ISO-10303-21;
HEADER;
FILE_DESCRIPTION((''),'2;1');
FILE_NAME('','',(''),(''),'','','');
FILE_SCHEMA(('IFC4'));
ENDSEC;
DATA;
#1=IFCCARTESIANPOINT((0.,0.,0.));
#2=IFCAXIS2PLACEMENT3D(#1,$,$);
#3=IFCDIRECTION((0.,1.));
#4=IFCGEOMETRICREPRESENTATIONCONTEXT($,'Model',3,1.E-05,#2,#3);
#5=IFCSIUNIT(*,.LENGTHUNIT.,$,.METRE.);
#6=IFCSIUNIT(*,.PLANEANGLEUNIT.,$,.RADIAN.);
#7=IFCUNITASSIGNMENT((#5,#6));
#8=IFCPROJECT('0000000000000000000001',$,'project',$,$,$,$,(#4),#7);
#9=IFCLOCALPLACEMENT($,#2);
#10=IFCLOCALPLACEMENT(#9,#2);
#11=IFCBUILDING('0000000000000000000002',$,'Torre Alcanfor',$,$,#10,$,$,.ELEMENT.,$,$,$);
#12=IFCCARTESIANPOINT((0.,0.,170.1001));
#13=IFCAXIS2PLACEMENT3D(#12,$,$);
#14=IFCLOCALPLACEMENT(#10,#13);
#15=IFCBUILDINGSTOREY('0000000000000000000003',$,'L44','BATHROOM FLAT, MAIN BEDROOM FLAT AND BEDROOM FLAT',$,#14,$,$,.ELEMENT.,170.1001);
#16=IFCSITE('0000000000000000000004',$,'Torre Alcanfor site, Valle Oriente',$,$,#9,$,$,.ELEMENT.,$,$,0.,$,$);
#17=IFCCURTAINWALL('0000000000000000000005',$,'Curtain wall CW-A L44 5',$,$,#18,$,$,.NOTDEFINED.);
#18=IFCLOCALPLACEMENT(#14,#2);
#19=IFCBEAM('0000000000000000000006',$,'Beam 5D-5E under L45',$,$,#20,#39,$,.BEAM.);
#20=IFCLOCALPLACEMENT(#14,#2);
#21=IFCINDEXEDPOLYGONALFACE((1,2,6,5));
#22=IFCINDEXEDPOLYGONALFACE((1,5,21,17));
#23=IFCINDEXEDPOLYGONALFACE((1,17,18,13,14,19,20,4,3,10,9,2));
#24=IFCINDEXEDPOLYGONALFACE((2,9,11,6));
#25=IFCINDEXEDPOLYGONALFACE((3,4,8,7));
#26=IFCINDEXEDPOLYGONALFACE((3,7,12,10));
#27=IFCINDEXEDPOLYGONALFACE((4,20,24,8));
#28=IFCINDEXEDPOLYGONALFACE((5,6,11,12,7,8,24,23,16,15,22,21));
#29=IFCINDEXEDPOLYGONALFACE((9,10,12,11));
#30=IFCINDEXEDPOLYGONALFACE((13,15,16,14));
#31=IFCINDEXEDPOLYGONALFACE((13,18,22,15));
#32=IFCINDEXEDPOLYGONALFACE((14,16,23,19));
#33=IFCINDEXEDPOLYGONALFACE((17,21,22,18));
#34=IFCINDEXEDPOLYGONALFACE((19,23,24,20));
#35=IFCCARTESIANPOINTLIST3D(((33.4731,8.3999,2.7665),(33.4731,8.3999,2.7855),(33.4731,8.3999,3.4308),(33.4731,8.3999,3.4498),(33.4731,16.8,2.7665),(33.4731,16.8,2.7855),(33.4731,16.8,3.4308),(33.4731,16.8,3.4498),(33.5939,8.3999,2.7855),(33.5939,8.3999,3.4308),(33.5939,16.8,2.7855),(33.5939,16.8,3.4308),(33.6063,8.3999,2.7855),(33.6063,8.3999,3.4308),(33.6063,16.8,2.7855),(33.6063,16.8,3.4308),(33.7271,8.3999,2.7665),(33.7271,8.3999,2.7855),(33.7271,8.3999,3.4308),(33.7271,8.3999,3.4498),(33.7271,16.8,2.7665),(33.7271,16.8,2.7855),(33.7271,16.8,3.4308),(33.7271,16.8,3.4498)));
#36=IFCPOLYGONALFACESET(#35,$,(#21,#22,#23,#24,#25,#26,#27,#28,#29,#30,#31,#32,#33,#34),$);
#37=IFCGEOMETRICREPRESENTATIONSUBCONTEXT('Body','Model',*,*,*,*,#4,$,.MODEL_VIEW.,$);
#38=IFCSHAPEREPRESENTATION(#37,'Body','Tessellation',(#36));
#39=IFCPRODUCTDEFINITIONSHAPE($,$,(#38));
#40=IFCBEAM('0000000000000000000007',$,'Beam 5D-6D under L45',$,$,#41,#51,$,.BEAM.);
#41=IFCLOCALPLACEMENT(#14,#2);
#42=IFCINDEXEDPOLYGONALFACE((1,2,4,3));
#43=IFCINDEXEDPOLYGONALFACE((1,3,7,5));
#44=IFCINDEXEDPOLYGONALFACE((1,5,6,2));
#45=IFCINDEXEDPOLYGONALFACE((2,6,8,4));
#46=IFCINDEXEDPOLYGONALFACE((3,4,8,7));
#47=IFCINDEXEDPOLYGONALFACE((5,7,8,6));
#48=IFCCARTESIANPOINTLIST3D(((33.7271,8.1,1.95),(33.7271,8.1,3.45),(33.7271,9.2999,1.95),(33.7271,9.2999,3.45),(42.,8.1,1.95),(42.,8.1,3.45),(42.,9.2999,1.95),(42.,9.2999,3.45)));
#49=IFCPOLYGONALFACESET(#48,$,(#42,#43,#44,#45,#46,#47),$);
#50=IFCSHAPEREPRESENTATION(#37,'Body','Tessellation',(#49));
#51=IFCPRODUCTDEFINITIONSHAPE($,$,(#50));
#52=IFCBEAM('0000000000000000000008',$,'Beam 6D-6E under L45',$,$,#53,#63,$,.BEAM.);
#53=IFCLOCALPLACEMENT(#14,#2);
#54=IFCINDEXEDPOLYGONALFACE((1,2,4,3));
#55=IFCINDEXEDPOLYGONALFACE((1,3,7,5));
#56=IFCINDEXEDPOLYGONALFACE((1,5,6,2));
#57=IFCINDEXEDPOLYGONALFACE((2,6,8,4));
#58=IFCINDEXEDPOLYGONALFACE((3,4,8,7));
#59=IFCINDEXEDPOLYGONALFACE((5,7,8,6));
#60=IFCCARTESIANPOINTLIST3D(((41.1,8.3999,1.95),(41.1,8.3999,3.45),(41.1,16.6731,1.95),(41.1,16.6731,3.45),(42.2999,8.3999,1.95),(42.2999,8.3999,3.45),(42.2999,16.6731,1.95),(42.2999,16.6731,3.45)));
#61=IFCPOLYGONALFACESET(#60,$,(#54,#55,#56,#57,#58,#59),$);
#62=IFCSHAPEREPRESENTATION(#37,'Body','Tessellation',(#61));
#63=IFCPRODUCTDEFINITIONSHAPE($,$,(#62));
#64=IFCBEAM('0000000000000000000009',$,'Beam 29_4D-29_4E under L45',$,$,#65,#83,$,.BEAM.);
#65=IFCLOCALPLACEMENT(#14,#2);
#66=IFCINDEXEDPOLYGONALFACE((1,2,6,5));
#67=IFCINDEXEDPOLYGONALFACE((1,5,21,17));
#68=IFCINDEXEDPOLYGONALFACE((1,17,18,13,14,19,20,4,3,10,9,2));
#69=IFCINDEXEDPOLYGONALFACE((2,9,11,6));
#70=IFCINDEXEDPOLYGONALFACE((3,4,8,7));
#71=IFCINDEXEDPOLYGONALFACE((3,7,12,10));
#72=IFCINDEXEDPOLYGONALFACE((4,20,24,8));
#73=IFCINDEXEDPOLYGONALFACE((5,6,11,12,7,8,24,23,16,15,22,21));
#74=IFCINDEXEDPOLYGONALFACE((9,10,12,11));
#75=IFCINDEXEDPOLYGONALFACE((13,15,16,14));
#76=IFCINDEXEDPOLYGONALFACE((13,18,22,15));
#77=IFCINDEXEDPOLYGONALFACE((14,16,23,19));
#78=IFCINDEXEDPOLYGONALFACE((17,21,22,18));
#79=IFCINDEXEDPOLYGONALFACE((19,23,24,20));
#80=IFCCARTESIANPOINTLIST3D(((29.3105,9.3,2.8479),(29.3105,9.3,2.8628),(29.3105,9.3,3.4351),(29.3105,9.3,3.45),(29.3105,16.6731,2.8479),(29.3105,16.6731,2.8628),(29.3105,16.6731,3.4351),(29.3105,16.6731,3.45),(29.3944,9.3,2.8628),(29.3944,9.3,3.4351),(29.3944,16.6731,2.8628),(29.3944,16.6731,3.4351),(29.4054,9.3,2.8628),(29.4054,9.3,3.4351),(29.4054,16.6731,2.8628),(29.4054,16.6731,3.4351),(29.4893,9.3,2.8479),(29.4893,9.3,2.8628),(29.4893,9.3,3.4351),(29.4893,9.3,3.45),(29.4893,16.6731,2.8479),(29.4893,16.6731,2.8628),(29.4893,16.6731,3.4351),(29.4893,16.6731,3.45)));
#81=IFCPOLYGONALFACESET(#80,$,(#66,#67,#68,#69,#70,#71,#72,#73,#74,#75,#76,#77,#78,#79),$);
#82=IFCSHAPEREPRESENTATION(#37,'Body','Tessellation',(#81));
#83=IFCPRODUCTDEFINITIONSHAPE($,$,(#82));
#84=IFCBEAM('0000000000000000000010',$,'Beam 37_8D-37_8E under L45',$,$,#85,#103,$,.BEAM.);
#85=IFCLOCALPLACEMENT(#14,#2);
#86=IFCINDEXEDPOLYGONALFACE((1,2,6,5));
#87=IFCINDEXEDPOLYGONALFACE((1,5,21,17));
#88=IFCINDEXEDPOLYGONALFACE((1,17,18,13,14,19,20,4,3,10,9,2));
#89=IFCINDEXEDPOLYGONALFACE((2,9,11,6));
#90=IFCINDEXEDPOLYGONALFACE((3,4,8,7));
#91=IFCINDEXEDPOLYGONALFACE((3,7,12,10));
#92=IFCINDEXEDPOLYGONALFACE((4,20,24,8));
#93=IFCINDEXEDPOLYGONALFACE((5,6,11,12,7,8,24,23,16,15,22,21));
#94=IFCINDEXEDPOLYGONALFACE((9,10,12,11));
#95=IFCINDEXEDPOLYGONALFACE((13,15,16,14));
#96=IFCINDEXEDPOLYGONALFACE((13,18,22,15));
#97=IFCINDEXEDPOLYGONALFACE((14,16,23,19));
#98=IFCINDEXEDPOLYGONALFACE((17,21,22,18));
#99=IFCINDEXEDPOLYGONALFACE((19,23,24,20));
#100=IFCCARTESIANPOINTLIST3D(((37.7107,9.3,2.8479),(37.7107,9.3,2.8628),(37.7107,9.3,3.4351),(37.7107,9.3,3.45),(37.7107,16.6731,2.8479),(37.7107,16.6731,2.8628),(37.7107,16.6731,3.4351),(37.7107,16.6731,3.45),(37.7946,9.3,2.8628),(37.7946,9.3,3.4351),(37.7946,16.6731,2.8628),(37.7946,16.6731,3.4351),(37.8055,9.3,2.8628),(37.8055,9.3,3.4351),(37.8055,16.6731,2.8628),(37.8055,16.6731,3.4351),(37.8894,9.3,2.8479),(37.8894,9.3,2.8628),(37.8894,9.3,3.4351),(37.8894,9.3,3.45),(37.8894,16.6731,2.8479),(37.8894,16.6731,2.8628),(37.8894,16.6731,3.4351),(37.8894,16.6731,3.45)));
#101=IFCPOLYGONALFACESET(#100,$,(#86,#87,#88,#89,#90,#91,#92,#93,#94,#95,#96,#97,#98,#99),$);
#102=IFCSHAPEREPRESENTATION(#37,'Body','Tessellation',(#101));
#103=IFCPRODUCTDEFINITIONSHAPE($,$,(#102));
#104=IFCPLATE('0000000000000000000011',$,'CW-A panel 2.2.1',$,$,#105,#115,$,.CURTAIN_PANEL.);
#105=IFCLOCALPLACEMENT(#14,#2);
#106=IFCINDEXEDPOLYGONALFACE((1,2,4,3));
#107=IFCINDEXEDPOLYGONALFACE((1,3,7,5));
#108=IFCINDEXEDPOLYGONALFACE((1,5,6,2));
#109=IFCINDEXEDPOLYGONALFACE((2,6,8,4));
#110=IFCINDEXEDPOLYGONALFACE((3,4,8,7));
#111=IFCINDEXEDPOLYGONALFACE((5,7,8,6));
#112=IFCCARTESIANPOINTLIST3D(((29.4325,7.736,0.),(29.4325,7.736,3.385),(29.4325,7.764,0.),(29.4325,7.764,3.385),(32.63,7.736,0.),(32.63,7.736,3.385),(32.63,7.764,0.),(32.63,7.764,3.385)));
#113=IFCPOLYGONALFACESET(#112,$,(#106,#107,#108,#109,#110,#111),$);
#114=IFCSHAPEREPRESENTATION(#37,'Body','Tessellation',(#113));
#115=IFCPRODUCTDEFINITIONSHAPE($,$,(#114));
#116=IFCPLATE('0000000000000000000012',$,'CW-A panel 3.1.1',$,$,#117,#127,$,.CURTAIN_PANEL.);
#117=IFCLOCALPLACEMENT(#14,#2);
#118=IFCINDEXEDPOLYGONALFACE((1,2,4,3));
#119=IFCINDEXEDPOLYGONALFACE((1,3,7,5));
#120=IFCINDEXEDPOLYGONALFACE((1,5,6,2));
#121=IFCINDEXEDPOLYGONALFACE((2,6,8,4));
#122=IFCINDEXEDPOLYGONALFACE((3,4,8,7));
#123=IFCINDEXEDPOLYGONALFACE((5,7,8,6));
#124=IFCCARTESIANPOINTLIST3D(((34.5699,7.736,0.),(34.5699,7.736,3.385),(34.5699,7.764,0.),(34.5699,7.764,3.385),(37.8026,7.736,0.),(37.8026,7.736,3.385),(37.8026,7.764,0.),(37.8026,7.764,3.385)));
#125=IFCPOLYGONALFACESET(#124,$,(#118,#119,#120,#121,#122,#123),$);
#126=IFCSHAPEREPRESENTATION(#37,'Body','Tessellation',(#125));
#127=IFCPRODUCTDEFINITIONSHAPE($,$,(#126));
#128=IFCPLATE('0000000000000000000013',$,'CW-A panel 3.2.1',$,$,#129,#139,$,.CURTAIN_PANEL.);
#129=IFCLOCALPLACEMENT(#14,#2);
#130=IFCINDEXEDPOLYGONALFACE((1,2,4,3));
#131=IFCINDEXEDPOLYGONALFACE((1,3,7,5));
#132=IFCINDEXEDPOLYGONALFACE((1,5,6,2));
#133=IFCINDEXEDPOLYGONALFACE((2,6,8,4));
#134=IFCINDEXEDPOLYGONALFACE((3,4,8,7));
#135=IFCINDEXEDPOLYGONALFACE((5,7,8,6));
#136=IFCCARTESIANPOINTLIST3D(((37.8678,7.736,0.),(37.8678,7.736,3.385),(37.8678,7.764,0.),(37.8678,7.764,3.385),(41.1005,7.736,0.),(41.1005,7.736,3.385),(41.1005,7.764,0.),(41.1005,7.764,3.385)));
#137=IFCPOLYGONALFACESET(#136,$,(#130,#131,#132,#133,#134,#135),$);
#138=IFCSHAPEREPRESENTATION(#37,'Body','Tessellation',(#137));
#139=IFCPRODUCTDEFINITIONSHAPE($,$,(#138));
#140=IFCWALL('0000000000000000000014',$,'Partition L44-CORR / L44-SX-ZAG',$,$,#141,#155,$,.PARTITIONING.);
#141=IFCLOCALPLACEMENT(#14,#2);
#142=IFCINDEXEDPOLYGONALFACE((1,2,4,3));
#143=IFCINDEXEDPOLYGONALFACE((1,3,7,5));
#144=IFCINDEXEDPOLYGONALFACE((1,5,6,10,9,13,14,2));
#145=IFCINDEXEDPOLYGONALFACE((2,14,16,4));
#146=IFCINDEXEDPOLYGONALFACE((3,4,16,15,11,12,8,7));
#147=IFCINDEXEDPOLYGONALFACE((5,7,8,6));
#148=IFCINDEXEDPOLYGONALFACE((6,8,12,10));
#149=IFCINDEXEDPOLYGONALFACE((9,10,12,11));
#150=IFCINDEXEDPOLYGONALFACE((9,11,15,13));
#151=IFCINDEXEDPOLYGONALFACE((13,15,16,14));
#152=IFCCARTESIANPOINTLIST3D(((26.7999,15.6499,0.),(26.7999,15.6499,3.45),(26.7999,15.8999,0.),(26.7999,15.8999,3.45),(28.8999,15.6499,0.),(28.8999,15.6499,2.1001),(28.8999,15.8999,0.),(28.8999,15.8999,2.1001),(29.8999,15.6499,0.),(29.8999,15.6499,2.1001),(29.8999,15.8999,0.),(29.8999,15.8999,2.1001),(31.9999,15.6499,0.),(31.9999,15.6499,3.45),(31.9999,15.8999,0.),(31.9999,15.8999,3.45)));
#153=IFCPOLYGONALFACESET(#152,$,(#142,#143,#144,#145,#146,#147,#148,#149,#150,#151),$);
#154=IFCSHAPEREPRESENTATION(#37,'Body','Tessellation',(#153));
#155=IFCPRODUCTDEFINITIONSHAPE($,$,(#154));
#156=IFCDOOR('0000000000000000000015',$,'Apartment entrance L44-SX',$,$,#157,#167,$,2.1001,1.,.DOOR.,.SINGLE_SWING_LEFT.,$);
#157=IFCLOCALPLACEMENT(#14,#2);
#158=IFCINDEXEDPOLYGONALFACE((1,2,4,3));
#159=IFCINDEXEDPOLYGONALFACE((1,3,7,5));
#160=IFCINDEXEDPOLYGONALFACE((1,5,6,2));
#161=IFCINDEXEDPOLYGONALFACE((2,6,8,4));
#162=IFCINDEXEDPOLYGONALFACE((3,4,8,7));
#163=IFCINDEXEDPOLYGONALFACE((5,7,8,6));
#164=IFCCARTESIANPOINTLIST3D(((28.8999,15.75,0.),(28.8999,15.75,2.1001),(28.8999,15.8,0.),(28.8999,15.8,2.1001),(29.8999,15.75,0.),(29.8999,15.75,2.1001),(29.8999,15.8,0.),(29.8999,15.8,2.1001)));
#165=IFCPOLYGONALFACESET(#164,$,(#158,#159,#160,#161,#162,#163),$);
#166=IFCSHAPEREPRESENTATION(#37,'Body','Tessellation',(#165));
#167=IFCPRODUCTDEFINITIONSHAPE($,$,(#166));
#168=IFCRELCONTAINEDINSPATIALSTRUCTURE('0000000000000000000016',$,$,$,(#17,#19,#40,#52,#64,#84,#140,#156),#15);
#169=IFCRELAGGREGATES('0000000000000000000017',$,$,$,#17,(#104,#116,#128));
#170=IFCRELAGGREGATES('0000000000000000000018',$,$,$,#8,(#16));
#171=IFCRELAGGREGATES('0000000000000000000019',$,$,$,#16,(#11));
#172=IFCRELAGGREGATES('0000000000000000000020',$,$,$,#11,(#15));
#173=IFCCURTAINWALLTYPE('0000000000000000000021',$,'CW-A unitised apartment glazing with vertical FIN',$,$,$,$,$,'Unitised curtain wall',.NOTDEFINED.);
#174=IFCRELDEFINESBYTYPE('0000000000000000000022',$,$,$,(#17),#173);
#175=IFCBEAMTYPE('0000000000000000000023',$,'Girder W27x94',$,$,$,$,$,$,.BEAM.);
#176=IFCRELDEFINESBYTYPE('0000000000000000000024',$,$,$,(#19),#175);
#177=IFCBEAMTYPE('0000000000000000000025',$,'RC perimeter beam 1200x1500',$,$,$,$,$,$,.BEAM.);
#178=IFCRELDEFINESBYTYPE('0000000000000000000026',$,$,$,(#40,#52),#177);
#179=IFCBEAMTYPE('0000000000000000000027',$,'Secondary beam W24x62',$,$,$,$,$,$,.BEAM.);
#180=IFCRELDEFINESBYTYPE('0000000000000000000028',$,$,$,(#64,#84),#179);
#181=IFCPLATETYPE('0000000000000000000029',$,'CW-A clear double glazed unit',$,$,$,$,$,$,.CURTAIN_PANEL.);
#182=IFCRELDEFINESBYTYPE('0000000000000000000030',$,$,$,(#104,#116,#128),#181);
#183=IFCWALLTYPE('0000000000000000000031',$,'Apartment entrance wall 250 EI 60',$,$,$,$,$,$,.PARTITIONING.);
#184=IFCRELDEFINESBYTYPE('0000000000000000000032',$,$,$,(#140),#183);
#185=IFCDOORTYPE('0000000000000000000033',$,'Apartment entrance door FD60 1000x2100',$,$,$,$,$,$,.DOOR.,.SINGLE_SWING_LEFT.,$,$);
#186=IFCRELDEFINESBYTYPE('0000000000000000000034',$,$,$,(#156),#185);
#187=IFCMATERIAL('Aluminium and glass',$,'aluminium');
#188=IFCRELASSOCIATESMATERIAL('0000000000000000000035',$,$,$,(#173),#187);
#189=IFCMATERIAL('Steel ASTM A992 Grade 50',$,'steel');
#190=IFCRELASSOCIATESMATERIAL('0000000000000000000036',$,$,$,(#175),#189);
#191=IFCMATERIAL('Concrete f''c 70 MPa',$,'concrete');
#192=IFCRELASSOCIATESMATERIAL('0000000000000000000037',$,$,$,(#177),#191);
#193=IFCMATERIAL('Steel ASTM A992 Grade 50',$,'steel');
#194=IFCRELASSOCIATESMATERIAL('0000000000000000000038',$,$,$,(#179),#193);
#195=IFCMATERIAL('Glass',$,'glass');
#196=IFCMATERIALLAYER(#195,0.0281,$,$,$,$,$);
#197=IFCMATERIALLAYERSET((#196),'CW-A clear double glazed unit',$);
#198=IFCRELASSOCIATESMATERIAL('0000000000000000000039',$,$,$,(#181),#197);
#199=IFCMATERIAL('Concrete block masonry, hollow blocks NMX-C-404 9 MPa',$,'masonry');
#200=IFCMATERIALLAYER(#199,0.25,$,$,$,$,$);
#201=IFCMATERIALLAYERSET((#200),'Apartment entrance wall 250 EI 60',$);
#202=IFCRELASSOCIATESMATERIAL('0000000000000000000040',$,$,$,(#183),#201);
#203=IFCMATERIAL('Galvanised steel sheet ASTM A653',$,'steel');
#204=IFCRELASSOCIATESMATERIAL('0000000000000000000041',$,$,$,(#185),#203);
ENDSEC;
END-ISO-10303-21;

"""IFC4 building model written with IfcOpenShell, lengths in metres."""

from ifc_helpers import new_model, si_unit, direction, frame, frame_2d, origin, origin_2d, place, context, subcontext, project, spatial, rectangle, i_section, extrude, material, layer, layer_set, material_profile, profile_set, type_object, element, fill, aggregate, save


model = new_model("IFC4")

# Units and contexts
model_context = context("Model", 3, precision=1e-05, world=origin(), true_north=direction((0.0, 1.0)))
body_context = subcontext(model_context, "Body", "Model", "MODEL_VIEW")
ifc_project = project(units=[si_unit("LENGTHUNIT", "METRE"), si_unit("PLANEANGLEUNIT", "RADIAN")], contexts=[model_context])

# Site, building, storey
site_placement = place(None, origin())
site = spatial("IfcSite", under=ifc_project, at=site_placement, Name="Torre Alcanfor site, Valle Oriente", CompositionType="ELEMENT", RefElevation=0.0)
building_placement = place(site_placement, origin())
building = spatial("IfcBuilding", under=site, at=building_placement, Name="Torre Alcanfor", CompositionType="ELEMENT")
storey_placement = place(building_placement, frame((0.0, 0.0, 170.1001)))
storey = spatial("IfcBuildingStorey", under=building, at=storey_placement, Name="L44", Description="BATHROOM FLAT, MAIN BEDROOM FLAT AND BEDROOM FLAT", CompositionType="ELEMENT", Elevation=170.1001)

# Curtain wall
ifc_material_1 = material(Name="Aluminium and glass", Category="aluminium")
curtain_wall_type = type_object("IfcCurtainWallType", Name="CW-A unitised apartment glazing with vertical FIN", ElementType="Unitised curtain wall", PredefinedType="NOTDEFINED", material=ifc_material_1)
curtain_wall_placement = place(storey_placement, origin())
curtain_wall = element("IfcCurtainWall", 1, at=curtain_wall_placement, inside=storey, type_object=curtain_wall_type, Name="Curtain wall CW-A L44 5", PredefinedType="NOTDEFINED")

# Beams
ifc_material_2 = material(Name="Steel ASTM A992 Grade 50", Category="steel")
ifc_material_profile_1 = material_profile(ifc_material_2, i_section(OverallWidth=0.2539, OverallDepth=0.6833, WebThickness=0.0125, FlangeThickness=0.019, at=origin_2d()), Name="W27x94")
ifc_profile_set_1 = profile_set([ifc_material_profile_1], Name="Steel ASTM A992 Grade 50")
beam_type_1 = type_object("IfcBeamType", Name="Girder W27x94", PredefinedType="BEAM", material=ifc_profile_set_1)
beam_1_placement = place(storey_placement, frame((33.6001, 8.3999, 3.1082), z_axis=(0.0, 1.0, 0.0), x_axis=(-1.0, 0.0, 0.0)))
element("IfcBeam", 2, at=beam_1_placement, inside=storey, type_object=beam_type_1, Name="Beam 5D-5E under L45", PredefinedType="BEAM", context=body_context, shape_type="SweptSolid", body=[
    extrude(i_section(OverallWidth=0.2539, OverallDepth=0.6833, WebThickness=0.0125, FlangeThickness=0.019, at=origin_2d()), origin(), (0.0, 0.0, 1.0), 8.4001),
])
ifc_material_3 = material(Name="Concrete f'c 70 MPa", Category="concrete")
ifc_material_profile_2 = material_profile(ifc_material_3, rectangle(XDim=1.2, YDim=1.5, at=origin_2d()), Name="1200x1500")
ifc_profile_set_2 = profile_set([ifc_material_profile_2], Name="Concrete f'c 70 MPa")
beam_type_2 = type_object("IfcBeamType", Name="RC perimeter beam 1200x1500", PredefinedType="BEAM", material=ifc_profile_set_2)
beam_2_placement = place(storey_placement, frame((33.7271, 8.7, 2.7), z_axis=(1.0, 0.0, 0.0), x_axis=(0.0, 1.0, 0.0)))
element("IfcBeam", 3, at=beam_2_placement, inside=storey, type_object=beam_type_2, Name="Beam 5D-6D under L45", PredefinedType="BEAM", context=body_context, shape_type="SweptSolid", body=[
    extrude(rectangle(XDim=1.2, YDim=1.5, at=origin_2d()), origin(), (0.0, 0.0, 1.0), 8.2729),
])
beam_3_placement = place(storey_placement, frame((41.7, 8.3999, 2.7), z_axis=(0.0, 1.0, 0.0), x_axis=(-1.0, 0.0, 0.0)))
element("IfcBeam", 4, at=beam_3_placement, inside=storey, type_object=beam_type_2, Name="Beam 6D-6E under L45", PredefinedType="BEAM", context=body_context, shape_type="SweptSolid", body=[
    extrude(rectangle(XDim=1.2, YDim=1.5, at=origin_2d()), origin(), (0.0, 0.0, 1.0), 8.2732),
])
ifc_material_4 = material(Name="Steel ASTM A992 Grade 50", Category="steel")
ifc_material_profile_3 = material_profile(ifc_material_4, i_section(OverallWidth=0.1787, OverallDepth=0.6021, WebThickness=0.011, FlangeThickness=0.0149, at=origin_2d()), Name="W24x62")
ifc_profile_set_3 = profile_set([ifc_material_profile_3], Name="Steel ASTM A992 Grade 50")
beam_type_3 = type_object("IfcBeamType", Name="Secondary beam W24x62", PredefinedType="BEAM", material=ifc_profile_set_3)
for number, where, z_axis, x_axis, name in (
    (5, (29.3999, 9.3, 3.1489), (0.0, 1.0, 0.0), (-1.0, 0.0, 0.0), "Beam 29_4D-29_4E under L45"),
    (6, (37.8, 9.3, 3.1489), (0.0, 1.0, 0.0), (-1.0, 0.0, 0.0), "Beam 37_8D-37_8E under L45"),
):
    element("IfcBeam", number, at=place(storey_placement, frame(where, z_axis=z_axis, x_axis=x_axis)), inside=storey, type_object=beam_type_3, Name=name, PredefinedType="BEAM", context=body_context, shape_type="SweptSolid", body=[
        extrude(i_section(OverallWidth=0.1787, OverallDepth=0.6021, WebThickness=0.011, FlangeThickness=0.0149, at=origin_2d()), origin(), (0.0, 0.0, 1.0), 7.373),
    ])

# Plates
ifc_material_5 = material(Name="Glass", Category="glass")
ifc_layer_1 = layer(ifc_material_5, 0.0281)
ifc_layer_set_1 = layer_set([ifc_layer_1], Name="CW-A clear double glazed unit")
plate_type = type_object("IfcPlateType", Name="CW-A clear double glazed unit", PredefinedType="CURTAIN_PANEL", material=ifc_layer_set_1)
plate_1_placement = place(storey_placement, frame((31.0312, 7.75, 0.0), z_axis=(0.0, 0.0, 1.0), x_axis=(1.0, 0.0, 0.0)))
plate_1 = element("IfcPlate", 7, at=plate_1_placement, type_object=plate_type, Name="CW-A panel 2.2.1", PredefinedType="CURTAIN_PANEL", context=body_context, shape_type="SweptSolid", body=[
    extrude(rectangle(XDim=3.1975, YDim=0.0281, at=origin_2d()), origin(), (0.0, 0.0, 1.0), 3.385),
])
plate_2_placement = place(storey_placement, frame((36.1863, 7.75, 0.0), z_axis=(0.0, 0.0, 1.0), x_axis=(1.0, 0.0, 0.0)))
plate_2 = element("IfcPlate", 8, at=plate_2_placement, type_object=plate_type, Name="CW-A panel 3.1.1", PredefinedType="CURTAIN_PANEL", context=body_context, shape_type="SweptSolid", body=[
    extrude(rectangle(XDim=3.2327, YDim=0.0281, at=origin_2d()), origin(), (0.0, 0.0, 1.0), 3.385),
])
plate_3_placement = place(storey_placement, frame((39.4841, 7.75, 0.0), z_axis=(0.0, 0.0, 1.0), x_axis=(1.0, 0.0, 0.0)))
plate_3 = element("IfcPlate", 9, at=plate_3_placement, type_object=plate_type, Name="CW-A panel 3.2.1", PredefinedType="CURTAIN_PANEL", context=body_context, shape_type="SweptSolid", body=[
    extrude(rectangle(XDim=3.2327, YDim=0.0281, at=origin_2d()), origin(), (0.0, 0.0, 1.0), 3.385),
])
aggregate(curtain_wall, [plate_1, plate_2, plate_3])

# Wall, opening, door
ifc_material_6 = material(Name="Concrete block masonry, hollow blocks NMX-C-404 9 MPa", Category="masonry")
ifc_layer_2 = layer(ifc_material_6, 0.25)
ifc_layer_set_2 = layer_set([ifc_layer_2], Name="Apartment entrance wall 250 EI 60")
wall_type_1 = type_object("IfcWallType", Name="Apartment entrance wall 250 EI 60", PredefinedType="PARTITIONING", material=ifc_layer_set_2)
wall_1_placement = place(storey_placement, frame((32.0, 15.7749, 0.0), z_axis=(0.0, 0.0, 1.0), x_axis=(-1.0, 0.0, 0.0)))
wall_1 = element("IfcWall", 10, at=wall_1_placement, inside=storey, type_object=wall_type_1, Name="Partition L44-CORR / L44-SX-ZAG", PredefinedType="PARTITIONING", context=body_context, shape_type="SweptSolid", body=[
    extrude(rectangle(XDim=5.2, YDim=0.25, at=frame_2d((2.6001, 0.0))), origin(), (0.0, 0.0, 1.0), 3.45),
])
opening_1_placement = place(wall_1_placement, frame((2.1001, 0.0, 0.0)))
opening_1 = element("IfcOpeningElement", 11, at=opening_1_placement, cuts=wall_1, PredefinedType="OPENING", context=body_context, shape_type="SweptSolid", body=[
    extrude(rectangle(XDim=1.0, YDim=2.1001, at=frame_2d((0.5, 1.05))), frame((0.0, 0.135, 0.0), z_axis=(0.0, -1.0, 0.0), x_axis=(1.0, 0.0, 0.0)), (0.0, 0.0, 1.0), 0.27),
])
ifc_material_7 = material(Name="Galvanised steel sheet ASTM A653", Category="steel")
door_type_1 = type_object("IfcDoorType", Name="Apartment entrance door FD60 1000x2100", OperationType="SINGLE_SWING_LEFT", PredefinedType="DOOR", material=ifc_material_7)
door_1_placement = place(opening_1_placement, origin())
door_1 = element("IfcDoor", 12, at=door_1_placement, inside=storey, type_object=door_type_1, Name="Apartment entrance L44-SX", OperationType="SINGLE_SWING_LEFT", OverallHeight=2.1001, OverallWidth=1.0, PredefinedType="DOOR", context=body_context, shape_type="SweptSolid", body=[
    extrude(rectangle(XDim=1.0, YDim=2.1001, at=frame_2d((0.5, 1.05))), frame((0.0, 0.0249, 0.0), z_axis=(0.0, -1.0, 0.0), x_axis=(1.0, 0.0, 0.0)), (0.0, 0.0, 1.0), 0.05),
])
fill(opening_1, door_1)

save(model, "model.ifc")
